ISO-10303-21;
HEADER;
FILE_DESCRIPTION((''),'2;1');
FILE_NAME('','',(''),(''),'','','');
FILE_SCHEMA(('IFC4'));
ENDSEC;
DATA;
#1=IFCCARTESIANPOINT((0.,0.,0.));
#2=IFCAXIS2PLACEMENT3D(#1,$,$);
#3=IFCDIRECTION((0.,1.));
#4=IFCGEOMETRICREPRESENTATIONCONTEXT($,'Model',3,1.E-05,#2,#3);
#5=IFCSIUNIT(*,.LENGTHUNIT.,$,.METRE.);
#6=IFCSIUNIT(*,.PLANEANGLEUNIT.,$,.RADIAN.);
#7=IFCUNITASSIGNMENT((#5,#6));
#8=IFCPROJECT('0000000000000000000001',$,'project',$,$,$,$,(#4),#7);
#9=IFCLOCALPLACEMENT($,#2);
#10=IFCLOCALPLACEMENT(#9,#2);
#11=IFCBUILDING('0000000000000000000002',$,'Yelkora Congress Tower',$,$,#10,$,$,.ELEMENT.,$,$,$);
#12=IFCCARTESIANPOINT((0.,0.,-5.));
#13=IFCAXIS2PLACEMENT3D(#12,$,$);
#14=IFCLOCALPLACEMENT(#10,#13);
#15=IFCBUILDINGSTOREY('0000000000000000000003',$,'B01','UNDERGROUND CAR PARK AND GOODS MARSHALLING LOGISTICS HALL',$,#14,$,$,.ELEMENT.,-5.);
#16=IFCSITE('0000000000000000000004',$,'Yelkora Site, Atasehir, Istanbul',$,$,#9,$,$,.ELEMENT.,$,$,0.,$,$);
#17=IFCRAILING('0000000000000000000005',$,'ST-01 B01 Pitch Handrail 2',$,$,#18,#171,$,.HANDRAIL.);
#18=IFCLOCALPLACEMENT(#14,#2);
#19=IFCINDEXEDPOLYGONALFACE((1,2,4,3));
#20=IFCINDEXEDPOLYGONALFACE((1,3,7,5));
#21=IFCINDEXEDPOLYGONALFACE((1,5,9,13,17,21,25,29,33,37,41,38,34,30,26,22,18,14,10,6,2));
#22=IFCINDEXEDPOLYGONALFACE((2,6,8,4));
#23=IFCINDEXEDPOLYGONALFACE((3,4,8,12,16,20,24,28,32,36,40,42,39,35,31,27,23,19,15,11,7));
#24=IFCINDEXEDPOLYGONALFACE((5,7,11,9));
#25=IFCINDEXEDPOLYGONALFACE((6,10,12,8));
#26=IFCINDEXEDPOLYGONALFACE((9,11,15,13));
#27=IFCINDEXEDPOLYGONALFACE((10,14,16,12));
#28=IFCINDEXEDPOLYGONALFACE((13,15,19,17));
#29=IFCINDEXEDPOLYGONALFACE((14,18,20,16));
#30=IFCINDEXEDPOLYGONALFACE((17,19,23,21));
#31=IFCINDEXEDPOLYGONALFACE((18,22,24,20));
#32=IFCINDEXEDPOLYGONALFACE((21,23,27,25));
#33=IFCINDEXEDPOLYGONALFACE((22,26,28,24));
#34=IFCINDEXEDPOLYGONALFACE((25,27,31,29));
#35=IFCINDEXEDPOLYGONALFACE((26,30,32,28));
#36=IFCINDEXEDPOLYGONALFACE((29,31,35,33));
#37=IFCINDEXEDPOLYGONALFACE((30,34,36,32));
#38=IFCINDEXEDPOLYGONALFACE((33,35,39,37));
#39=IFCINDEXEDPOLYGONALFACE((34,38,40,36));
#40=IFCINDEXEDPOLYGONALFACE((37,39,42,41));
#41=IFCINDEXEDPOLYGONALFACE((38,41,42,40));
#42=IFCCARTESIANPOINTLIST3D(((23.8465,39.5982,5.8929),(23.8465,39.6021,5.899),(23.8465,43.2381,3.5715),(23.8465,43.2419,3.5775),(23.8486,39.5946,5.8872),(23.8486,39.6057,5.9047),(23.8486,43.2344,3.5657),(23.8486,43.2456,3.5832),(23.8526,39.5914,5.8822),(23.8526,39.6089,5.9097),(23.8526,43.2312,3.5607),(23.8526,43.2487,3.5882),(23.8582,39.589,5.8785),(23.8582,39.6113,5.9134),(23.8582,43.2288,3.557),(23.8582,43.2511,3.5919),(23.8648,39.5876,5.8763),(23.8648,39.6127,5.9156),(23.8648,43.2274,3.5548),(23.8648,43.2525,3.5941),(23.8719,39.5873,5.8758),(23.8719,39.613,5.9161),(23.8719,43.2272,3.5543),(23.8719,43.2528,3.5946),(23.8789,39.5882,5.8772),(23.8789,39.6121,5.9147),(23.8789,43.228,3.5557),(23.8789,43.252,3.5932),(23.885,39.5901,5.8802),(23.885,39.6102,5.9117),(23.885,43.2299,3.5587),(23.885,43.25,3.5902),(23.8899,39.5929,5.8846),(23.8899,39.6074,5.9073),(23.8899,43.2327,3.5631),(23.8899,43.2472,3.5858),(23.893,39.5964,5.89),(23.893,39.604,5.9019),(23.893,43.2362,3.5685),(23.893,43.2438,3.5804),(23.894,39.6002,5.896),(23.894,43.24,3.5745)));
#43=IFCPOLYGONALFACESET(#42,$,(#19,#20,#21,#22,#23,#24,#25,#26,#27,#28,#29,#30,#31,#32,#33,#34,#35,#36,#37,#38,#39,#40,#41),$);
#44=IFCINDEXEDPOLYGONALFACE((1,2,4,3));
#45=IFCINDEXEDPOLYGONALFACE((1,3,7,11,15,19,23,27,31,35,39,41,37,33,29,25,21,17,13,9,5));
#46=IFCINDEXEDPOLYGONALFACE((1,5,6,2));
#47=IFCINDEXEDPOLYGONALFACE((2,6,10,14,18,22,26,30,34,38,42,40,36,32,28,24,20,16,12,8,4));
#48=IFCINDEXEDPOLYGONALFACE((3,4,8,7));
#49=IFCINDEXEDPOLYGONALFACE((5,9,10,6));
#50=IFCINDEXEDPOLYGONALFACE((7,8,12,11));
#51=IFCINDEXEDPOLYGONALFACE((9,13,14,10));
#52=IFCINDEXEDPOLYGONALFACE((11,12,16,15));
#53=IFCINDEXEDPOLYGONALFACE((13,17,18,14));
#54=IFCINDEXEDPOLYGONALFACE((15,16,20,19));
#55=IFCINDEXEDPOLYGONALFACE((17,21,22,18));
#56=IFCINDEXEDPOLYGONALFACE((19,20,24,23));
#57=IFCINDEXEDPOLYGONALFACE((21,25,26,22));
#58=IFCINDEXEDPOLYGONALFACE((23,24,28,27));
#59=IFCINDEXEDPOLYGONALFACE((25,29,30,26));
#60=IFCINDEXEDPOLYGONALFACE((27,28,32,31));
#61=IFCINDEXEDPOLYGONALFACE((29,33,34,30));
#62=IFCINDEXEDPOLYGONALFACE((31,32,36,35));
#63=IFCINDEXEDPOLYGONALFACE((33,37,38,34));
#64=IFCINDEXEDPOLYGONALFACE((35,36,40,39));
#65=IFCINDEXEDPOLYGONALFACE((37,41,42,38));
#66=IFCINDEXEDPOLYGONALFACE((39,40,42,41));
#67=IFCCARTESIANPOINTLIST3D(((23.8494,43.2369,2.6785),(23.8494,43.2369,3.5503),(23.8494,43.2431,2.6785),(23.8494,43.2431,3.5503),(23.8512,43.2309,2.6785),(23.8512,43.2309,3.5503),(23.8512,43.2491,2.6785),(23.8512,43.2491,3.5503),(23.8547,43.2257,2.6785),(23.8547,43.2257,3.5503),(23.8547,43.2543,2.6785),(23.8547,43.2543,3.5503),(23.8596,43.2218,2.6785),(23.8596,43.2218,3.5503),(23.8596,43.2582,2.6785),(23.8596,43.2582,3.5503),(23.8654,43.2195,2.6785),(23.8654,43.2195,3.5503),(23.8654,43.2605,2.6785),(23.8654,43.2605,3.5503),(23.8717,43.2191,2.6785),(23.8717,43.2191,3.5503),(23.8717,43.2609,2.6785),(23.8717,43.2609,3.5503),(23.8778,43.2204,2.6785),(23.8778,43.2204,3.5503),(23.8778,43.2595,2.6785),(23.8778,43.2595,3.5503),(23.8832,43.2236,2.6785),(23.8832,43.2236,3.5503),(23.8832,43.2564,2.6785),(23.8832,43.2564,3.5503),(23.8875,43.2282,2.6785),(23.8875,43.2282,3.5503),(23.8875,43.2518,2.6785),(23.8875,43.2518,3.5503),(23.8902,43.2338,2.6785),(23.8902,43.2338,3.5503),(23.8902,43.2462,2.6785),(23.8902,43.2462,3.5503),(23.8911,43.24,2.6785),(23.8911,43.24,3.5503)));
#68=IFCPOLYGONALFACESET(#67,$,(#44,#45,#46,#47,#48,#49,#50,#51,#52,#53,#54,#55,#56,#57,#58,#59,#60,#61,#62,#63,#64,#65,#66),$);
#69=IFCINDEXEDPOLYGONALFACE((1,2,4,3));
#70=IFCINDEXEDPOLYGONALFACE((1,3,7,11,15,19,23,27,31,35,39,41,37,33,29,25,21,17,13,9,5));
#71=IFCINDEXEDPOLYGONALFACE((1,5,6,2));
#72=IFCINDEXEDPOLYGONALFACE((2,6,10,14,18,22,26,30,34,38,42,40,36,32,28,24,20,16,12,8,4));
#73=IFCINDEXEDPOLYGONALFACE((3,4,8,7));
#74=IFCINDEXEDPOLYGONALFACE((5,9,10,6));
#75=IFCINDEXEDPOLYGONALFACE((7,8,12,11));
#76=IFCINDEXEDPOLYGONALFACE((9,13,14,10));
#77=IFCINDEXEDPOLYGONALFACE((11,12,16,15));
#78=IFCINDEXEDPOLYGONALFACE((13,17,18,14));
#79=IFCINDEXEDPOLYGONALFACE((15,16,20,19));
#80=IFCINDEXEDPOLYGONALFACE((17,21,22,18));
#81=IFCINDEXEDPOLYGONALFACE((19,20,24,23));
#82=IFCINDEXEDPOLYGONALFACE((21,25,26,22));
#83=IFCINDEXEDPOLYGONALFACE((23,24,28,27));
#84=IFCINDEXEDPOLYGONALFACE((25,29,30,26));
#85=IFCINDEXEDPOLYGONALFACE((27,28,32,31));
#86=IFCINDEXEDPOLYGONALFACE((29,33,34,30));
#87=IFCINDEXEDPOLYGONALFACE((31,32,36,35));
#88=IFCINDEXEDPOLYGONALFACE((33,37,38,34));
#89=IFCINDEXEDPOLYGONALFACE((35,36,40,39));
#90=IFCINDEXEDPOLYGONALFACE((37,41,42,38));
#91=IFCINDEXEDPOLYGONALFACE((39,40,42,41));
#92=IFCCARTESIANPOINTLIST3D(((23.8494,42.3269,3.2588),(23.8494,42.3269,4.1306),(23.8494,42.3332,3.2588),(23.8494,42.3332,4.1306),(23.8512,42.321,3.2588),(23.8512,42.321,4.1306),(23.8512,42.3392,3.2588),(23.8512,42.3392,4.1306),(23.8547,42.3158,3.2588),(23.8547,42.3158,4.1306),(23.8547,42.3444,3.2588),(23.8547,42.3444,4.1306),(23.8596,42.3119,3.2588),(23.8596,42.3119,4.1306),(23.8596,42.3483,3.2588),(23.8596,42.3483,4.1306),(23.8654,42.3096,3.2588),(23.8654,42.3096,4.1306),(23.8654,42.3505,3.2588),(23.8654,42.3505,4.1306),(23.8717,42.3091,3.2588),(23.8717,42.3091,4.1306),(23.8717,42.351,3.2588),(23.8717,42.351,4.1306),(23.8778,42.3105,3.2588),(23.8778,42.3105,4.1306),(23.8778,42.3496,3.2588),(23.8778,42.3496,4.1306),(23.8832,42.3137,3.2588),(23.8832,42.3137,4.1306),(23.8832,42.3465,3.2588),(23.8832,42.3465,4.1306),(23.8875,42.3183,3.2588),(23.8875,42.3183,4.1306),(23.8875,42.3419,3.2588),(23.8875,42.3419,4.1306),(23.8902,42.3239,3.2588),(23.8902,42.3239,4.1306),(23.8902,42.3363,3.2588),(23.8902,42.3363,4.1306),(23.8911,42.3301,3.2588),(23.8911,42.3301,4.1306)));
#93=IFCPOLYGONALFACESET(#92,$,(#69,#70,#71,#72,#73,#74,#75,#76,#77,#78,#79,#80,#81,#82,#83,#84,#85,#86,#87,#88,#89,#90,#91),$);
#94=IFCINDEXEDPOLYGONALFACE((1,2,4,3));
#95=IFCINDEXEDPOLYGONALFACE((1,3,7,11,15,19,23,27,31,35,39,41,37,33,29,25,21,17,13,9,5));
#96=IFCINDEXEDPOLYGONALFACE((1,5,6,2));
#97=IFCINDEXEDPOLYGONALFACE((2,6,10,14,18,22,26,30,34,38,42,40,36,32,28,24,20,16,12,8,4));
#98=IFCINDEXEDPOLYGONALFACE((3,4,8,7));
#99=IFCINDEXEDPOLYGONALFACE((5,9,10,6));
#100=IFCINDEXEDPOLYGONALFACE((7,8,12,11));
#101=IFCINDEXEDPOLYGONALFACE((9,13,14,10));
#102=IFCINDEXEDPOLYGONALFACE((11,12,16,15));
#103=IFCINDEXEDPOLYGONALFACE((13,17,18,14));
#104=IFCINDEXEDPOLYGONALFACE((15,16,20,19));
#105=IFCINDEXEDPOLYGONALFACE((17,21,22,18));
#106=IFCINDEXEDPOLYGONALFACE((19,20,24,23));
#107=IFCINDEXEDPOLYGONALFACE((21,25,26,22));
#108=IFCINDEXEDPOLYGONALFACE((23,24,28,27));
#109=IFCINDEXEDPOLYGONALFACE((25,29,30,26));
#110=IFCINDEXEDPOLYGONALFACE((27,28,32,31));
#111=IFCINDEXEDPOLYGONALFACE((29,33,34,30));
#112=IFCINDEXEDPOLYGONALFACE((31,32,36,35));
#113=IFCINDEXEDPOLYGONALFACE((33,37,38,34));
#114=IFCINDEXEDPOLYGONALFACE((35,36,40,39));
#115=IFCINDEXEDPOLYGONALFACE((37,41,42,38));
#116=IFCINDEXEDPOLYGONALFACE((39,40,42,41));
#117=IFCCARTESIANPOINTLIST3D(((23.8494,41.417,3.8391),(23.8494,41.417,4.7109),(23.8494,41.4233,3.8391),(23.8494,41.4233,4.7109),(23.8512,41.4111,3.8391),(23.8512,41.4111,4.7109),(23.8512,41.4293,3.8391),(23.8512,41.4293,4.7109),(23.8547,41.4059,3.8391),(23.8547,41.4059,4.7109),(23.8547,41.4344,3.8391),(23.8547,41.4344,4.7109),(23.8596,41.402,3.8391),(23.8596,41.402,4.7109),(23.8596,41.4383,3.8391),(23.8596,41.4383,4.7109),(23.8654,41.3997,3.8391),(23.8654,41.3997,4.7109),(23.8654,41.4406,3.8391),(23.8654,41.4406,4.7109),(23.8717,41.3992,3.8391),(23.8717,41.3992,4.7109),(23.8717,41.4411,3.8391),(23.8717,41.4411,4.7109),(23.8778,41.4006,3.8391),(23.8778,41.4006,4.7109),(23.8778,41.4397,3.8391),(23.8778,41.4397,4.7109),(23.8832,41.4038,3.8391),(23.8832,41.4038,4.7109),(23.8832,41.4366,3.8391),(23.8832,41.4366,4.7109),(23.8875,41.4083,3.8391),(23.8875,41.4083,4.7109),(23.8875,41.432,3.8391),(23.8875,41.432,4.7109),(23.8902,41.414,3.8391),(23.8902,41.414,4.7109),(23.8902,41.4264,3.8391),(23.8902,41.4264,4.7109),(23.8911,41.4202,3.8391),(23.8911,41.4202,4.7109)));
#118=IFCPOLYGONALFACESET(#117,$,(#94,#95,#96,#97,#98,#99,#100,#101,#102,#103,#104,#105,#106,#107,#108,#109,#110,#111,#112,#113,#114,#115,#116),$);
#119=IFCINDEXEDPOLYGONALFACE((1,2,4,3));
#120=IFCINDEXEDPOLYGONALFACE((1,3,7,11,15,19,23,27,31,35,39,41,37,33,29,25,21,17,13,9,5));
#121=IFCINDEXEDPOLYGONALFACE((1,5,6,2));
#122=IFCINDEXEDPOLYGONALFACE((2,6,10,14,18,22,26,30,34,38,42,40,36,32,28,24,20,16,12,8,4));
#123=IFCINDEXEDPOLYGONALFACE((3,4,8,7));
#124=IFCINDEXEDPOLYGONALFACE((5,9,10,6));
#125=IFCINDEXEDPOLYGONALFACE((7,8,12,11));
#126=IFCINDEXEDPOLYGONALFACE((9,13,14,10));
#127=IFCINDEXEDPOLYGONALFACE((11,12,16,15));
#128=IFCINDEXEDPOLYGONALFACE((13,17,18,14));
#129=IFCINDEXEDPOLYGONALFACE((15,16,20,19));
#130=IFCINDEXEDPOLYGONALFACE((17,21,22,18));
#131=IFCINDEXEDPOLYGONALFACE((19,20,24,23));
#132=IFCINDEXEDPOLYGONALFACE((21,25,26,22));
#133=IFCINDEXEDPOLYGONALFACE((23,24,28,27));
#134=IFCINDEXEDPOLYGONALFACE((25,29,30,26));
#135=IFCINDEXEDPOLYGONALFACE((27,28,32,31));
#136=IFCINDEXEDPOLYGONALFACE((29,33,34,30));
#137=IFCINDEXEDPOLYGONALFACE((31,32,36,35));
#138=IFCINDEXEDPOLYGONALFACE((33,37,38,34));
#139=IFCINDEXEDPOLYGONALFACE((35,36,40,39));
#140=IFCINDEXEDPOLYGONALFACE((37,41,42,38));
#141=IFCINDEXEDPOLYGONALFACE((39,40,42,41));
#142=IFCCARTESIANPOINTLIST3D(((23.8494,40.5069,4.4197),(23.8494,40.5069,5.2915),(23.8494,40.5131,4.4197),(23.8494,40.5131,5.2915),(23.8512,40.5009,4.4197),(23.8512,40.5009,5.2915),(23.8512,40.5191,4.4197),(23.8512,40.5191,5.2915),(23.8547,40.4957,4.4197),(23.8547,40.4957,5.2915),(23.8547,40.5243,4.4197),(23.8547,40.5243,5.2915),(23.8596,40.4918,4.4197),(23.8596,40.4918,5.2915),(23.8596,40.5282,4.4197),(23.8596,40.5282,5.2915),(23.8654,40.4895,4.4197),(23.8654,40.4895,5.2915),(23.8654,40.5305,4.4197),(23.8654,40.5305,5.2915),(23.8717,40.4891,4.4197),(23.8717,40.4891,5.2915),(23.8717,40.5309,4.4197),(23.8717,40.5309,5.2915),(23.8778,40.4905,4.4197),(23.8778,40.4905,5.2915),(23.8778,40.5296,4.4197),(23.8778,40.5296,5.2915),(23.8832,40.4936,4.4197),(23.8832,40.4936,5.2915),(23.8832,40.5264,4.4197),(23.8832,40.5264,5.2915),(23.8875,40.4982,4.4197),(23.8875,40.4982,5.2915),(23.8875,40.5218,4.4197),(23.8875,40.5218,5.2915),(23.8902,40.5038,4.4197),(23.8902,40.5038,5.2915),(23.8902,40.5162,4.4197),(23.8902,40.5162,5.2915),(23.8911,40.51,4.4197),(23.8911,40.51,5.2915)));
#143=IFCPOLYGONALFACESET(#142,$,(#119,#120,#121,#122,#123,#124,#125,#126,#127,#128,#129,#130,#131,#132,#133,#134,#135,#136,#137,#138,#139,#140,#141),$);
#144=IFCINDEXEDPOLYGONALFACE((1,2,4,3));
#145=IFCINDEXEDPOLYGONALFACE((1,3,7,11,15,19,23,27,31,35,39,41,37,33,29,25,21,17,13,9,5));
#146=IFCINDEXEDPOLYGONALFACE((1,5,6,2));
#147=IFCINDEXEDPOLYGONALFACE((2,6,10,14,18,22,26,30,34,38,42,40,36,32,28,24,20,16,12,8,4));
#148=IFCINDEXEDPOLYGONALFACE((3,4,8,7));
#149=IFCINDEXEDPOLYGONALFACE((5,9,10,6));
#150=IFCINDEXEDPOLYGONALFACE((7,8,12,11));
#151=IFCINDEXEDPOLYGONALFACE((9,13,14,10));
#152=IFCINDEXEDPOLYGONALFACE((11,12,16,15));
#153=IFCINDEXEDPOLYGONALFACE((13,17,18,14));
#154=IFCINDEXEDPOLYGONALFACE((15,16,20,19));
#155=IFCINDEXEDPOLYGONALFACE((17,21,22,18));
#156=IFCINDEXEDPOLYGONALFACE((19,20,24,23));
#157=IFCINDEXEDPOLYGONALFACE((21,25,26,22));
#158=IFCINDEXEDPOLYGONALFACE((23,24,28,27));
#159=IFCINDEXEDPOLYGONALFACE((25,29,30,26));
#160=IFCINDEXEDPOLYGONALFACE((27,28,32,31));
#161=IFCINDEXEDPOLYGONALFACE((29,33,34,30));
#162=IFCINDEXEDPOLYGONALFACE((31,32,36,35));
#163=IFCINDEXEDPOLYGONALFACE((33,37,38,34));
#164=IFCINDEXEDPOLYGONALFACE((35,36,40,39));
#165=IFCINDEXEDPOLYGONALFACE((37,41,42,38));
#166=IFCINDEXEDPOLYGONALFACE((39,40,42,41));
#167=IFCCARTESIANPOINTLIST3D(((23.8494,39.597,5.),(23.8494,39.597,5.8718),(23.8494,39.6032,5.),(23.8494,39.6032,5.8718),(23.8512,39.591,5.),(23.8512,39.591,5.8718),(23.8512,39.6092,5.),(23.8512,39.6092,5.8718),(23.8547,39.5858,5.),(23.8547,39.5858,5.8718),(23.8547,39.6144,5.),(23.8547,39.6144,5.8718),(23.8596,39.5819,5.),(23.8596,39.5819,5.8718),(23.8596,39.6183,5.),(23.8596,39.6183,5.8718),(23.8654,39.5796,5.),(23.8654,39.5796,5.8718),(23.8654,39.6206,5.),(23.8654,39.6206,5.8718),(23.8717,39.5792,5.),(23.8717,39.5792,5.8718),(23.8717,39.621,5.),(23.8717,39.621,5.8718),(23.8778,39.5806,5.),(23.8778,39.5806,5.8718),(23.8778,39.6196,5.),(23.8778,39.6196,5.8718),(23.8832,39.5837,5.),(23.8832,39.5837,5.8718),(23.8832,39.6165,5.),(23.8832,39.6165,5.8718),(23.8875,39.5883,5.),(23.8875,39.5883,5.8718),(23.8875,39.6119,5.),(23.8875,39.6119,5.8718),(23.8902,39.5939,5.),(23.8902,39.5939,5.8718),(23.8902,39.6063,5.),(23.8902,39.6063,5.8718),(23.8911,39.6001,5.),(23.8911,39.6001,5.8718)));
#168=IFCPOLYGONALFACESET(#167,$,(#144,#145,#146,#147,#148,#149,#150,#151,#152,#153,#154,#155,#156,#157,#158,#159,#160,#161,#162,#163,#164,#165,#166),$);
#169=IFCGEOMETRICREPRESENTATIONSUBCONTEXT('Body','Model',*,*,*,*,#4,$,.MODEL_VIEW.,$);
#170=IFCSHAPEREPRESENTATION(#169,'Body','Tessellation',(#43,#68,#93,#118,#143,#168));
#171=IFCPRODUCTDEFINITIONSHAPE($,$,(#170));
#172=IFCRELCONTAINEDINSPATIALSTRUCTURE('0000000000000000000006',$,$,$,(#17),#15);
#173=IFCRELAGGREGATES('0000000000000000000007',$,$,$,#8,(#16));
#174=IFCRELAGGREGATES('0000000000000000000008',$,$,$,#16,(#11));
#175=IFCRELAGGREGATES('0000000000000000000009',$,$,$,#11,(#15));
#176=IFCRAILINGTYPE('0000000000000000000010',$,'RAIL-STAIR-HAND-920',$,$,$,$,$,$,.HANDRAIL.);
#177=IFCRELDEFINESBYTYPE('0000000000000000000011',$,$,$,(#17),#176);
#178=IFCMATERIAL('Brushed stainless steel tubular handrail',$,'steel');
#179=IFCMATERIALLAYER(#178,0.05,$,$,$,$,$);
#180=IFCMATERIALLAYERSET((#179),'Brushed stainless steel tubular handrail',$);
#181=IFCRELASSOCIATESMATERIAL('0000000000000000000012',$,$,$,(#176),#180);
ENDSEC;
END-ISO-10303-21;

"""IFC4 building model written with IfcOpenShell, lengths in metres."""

from ifc_helpers import new_model, si_unit, direction, frame, origin, origin_2d, place, context, subcontext, project, spatial, circle, extrude, material, layer, layer_set, type_object, element, save


model = new_model("IFC4")

# Units and contexts
model_context = context("Model", 3, precision=1e-05, world=origin(), true_north=direction((0.0, 1.0)))
body_context = subcontext(model_context, "Body", "Model", "MODEL_VIEW")
ifc_project = project(units=[si_unit("LENGTHUNIT", "METRE"), si_unit("PLANEANGLEUNIT", "RADIAN")], contexts=[model_context])

# Site, building, storey
site_placement = place(None, origin())
site = spatial("IfcSite", under=ifc_project, at=site_placement, Name="Yelkora Site, Atasehir, Istanbul", CompositionType="ELEMENT", RefElevation=0.0)
building_placement = place(site_placement, origin())
building = spatial("IfcBuilding", under=site, at=building_placement, Name="Yelkora Congress Tower", CompositionType="ELEMENT")
storey_placement = place(building_placement, frame((0.0, 0.0, -5.0)))
storey = spatial("IfcBuildingStorey", under=building, at=storey_placement, Name="B01", Description="UNDERGROUND CAR PARK AND GOODS MARSHALLING LOGISTICS HALL", CompositionType="ELEMENT", Elevation=-5.0)

# Railing
ifc_material_1 = material(Name="Brushed stainless steel tubular handrail", Category="steel")
ifc_layer_1 = layer(ifc_material_1, 0.05)
ifc_layer_set_1 = layer_set([ifc_layer_1], Name="Brushed stainless steel tubular handrail")
railing_type_1 = type_object("IfcRailingType", Name="RAIL-STAIR-HAND-920", PredefinedType="HANDRAIL", material=ifc_layer_set_1)
railing_1_placement = place(storey_placement, frame((23.8701, 43.24, 2.6785)))
element("IfcRailing", 1, at=railing_1_placement, inside=storey, type_object=railing_type_1, Name="ST-01 B01 Pitch Handrail 2", PredefinedType="HANDRAIL", context=body_context, shape_type="SweptSolid", body=[
    extrude(circle(Radius=0.0239, at=origin_2d()), frame((0.0, 0.0, 0.896), z_axis=(0.0, -0.843112, 0.537739), x_axis=(1.0, 0.0, 0.0)), (0.0, 0.0, 1.0), 4.3171),
    extrude(circle(Radius=0.021, at=origin_2d()), origin(), (0.0, 0.0, 1.0), 0.8718),
    extrude(circle(Radius=0.021, at=origin_2d()), frame((0.0, -0.9099, 0.5803)), (0.0, 0.0, 1.0), 0.8718),
    extrude(circle(Radius=0.021, at=origin_2d()), frame((0.0, -1.8198, 1.1606)), (0.0, 0.0, 1.0), 0.8718),
    extrude(circle(Radius=0.021, at=origin_2d()), frame((0.0, -2.73, 1.7412)), (0.0, 0.0, 1.0), 0.8718),
    extrude(circle(Radius=0.021, at=origin_2d()), frame((0.0, -3.6399, 2.3215)), (0.0, 0.0, 1.0), 0.8718),
])

save(model, "model.ifc")
